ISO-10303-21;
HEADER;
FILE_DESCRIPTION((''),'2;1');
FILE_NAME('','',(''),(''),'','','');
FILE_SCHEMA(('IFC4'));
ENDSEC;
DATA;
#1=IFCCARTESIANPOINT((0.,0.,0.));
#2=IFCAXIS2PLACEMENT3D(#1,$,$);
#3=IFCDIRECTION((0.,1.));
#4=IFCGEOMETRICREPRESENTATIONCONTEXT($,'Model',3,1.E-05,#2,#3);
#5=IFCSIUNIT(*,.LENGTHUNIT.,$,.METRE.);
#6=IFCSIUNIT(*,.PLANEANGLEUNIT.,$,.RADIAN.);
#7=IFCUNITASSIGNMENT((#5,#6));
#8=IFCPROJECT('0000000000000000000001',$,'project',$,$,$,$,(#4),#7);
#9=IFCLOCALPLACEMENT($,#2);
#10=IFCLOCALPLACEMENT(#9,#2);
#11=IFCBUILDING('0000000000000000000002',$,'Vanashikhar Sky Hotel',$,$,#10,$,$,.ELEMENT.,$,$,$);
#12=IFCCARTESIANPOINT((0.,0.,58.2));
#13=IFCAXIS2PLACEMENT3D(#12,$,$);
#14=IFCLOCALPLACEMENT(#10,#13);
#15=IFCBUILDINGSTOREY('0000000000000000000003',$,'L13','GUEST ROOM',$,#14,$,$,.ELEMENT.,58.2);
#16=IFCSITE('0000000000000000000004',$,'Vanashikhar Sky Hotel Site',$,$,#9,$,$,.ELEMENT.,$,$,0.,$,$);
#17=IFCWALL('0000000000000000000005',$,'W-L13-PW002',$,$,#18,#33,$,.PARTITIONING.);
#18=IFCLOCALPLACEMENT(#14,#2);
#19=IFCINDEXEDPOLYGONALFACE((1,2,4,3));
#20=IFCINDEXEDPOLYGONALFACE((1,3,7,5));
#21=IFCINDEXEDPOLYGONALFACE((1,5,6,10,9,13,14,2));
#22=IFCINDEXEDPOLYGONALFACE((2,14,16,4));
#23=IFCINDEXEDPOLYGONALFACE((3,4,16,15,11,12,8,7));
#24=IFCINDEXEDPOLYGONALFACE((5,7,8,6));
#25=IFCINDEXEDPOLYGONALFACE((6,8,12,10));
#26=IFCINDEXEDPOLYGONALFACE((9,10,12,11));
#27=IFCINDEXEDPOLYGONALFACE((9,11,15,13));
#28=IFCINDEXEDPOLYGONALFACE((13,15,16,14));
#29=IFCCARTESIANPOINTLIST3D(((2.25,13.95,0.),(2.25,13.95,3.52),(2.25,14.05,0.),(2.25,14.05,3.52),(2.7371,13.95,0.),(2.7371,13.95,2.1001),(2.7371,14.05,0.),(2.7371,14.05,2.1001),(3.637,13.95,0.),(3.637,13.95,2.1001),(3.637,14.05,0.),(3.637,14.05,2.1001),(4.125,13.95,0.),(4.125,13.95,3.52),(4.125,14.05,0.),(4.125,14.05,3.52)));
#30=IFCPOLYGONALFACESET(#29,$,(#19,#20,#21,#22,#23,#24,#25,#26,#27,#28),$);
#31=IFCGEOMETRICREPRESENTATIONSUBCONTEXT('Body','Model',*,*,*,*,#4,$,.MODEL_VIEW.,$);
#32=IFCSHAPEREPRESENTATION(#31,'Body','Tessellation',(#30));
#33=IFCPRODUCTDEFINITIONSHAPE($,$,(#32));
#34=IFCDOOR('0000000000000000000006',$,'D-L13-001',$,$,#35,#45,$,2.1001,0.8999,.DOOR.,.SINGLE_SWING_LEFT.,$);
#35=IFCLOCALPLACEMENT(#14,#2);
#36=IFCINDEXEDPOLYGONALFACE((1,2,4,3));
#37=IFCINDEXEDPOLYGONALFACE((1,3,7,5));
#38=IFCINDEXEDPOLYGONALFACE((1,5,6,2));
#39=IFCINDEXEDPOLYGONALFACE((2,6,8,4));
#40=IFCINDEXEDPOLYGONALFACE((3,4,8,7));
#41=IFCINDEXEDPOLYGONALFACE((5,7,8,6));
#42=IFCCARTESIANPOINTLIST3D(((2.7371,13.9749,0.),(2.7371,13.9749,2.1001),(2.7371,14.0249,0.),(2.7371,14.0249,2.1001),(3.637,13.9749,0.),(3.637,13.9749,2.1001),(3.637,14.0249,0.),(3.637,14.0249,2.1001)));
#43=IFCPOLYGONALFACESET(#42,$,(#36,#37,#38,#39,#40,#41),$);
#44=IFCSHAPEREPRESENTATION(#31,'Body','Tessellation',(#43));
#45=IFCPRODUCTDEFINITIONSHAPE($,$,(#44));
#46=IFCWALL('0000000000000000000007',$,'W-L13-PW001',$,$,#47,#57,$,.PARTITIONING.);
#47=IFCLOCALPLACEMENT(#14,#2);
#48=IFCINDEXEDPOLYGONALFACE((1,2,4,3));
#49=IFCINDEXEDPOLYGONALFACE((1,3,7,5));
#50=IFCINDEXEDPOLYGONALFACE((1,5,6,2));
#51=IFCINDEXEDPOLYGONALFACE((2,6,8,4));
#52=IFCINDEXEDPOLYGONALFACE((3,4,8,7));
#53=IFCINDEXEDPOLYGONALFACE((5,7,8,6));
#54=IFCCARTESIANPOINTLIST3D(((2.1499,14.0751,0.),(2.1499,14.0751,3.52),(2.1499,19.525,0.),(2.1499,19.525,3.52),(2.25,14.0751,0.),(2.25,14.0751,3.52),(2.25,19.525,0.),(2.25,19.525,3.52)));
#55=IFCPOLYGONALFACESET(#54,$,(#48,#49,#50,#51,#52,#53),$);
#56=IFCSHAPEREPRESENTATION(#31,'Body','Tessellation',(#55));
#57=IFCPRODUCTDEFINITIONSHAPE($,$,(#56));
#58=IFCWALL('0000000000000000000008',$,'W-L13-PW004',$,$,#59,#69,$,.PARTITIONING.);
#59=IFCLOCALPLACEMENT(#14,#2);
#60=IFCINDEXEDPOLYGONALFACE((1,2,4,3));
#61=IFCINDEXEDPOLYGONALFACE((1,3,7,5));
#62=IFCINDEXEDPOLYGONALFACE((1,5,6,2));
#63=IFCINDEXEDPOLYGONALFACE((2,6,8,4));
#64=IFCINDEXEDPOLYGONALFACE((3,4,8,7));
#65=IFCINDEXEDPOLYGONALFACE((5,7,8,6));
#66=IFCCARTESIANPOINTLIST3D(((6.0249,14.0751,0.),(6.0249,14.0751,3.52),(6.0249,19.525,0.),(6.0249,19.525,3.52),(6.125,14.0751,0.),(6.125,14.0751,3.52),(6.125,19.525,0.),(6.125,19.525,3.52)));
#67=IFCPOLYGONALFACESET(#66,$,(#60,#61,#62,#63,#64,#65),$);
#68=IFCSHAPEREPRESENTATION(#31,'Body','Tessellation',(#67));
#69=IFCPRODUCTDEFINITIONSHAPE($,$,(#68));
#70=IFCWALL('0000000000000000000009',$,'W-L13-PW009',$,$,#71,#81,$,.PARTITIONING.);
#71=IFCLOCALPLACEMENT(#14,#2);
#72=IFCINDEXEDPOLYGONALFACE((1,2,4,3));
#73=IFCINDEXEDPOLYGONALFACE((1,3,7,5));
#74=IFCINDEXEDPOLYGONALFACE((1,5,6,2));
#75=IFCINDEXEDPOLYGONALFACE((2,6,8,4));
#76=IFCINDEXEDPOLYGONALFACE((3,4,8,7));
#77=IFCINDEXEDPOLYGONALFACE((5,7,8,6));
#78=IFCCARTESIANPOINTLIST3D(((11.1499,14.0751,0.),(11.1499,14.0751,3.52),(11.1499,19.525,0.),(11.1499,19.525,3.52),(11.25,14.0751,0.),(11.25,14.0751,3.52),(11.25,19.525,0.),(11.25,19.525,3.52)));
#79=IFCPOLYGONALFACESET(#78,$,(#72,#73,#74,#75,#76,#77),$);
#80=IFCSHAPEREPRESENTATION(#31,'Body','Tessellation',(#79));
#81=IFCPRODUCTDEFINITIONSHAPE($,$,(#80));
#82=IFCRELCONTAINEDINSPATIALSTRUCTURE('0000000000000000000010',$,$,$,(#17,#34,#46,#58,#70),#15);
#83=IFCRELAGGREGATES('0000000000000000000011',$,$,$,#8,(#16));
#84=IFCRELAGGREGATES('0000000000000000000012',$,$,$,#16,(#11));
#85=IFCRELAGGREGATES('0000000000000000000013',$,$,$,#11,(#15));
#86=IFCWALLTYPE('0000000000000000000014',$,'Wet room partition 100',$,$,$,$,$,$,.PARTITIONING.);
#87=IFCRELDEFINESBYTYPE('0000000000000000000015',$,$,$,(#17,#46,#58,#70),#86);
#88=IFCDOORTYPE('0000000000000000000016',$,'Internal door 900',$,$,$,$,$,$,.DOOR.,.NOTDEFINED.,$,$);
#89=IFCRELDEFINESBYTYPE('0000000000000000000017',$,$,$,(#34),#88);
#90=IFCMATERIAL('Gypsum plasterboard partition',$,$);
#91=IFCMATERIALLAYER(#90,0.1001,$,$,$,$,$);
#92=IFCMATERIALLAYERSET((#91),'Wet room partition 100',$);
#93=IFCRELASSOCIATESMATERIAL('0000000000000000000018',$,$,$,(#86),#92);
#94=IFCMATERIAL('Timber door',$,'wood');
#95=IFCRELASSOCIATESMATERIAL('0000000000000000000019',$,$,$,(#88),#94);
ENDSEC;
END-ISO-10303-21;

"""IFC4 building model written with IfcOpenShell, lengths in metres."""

from ifc_helpers import new_model, si_unit, direction, frame, frame_2d, origin, place, context, subcontext, project, spatial, rectangle, extrude, source, transform, mapped, material, layer, layer_set, type_object, element, fill, save


model = new_model("IFC4")

# Units and contexts
model_context = context("Model", 3, precision=1e-05, world=origin(), true_north=direction((0.0, 1.0)))
body_context = subcontext(model_context, "Body", "Model", "MODEL_VIEW")
ifc_project = project(units=[si_unit("LENGTHUNIT", "METRE"), si_unit("PLANEANGLEUNIT", "RADIAN")], contexts=[model_context])

# Site, building, storey
site_placement = place(None, origin())
site = spatial("IfcSite", under=ifc_project, at=site_placement, Name="Vanashikhar Sky Hotel Site", CompositionType="ELEMENT", RefElevation=0.0)
building_placement = place(site_placement, origin())
building = spatial("IfcBuilding", under=site, at=building_placement, Name="Vanashikhar Sky Hotel", CompositionType="ELEMENT")
storey_placement = place(building_placement, frame((0.0, 0.0, 58.2)))
storey = spatial("IfcBuildingStorey", under=building, at=storey_placement, Name="L13", Description="GUEST ROOM", CompositionType="ELEMENT", Elevation=58.2)

# Shared definitions
ifc_material_1 = material(Name="Gypsum plasterboard partition")

# Wall, opening, door
ifc_layer_1 = layer(ifc_material_1, 0.1001)
ifc_layer_set_1 = layer_set([ifc_layer_1], Name="Wet room partition 100")
wall_type_1 = type_object("IfcWallType", Name="Wet room partition 100", PredefinedType="PARTITIONING", material=ifc_layer_set_1)
shared_shape_1 = source(origin(), body_context, "Body", "SweptSolid", [
    extrude(rectangle(XDim=0.8999, YDim=2.1001, at=frame_2d((0.45, 1.05))), frame((0.0, 0.0601, 0.0), z_axis=(0.0, -1.0, 0.0), x_axis=(1.0, 0.0, 0.0)), (0.0, 0.0, 1.0), 0.1201),
])
ifc_material_2 = material(Name="Timber door", Category="wood")
door_type = type_object("IfcDoorType", Name="Internal door 900", OperationType="NOTDEFINED", PredefinedType="DOOR", material=ifc_material_2)
shared_shape_2 = source(origin(), body_context, "Body", "SweptSolid", [
    extrude(rectangle(XDim=0.8999, YDim=2.1001, at=frame_2d((0.45, 1.05))), frame((0.0, 0.0249, 0.0), z_axis=(0.0, -1.0, 0.0), x_axis=(1.0, 0.0, 0.0)), (0.0, 0.0, 1.0), 0.05),
])
shared_shape_3 = source(origin(), body_context, "Body", "SweptSolid", [
    extrude(rectangle(XDim=1.875, YDim=0.1001, at=frame_2d((0.9375, 0.0))), origin(), (0.0, 0.0, 1.0), 3.52),
])
wall_1_placement = place(storey_placement, frame((2.25, 14.0, 0.0), z_axis=(0.0, 0.0, 1.0), x_axis=(1.0, 0.0, 0.0)))
wall_1 = element("IfcWall", 1, at=wall_1_placement, inside=storey, type_object=wall_type_1, Name="W-L13-PW002", PredefinedType="PARTITIONING", context=body_context, shape_type="MappedRepresentation", body=[
    mapped(shared_shape_3, transform((0.0, 0.0, 0.0), scale=1.0)),
])
opening_1_placement = place(wall_1_placement, frame((0.4871, 0.0, 0.0)))
opening_1 = element("IfcOpeningElement", 2, at=opening_1_placement, cuts=wall_1, PredefinedType="OPENING", context=body_context, shape_type="MappedRepresentation", body=[
    mapped(shared_shape_1, transform((0.0, 0.0, 0.0), scale=1.0)),
])
door_1_placement = place(opening_1_placement, origin())
door_1 = element("IfcDoor", 3, at=door_1_placement, inside=storey, type_object=door_type, Name="D-L13-001", OperationType="SINGLE_SWING_LEFT", OverallHeight=2.1001, OverallWidth=0.8999, PredefinedType="DOOR", context=body_context, shape_type="MappedRepresentation", body=[
    mapped(shared_shape_2, transform((0.0, 0.0, 0.0), scale=1.0)),
])
fill(opening_1, door_1)

# Walls
shared_shape_4 = source(origin(), body_context, "Body", "SweptSolid", [
    extrude(rectangle(XDim=5.45, YDim=0.1001, at=frame_2d((2.7251, 0.0))), origin(), (0.0, 0.0, 1.0), 3.52),
])
for number, where, z_axis, x_axis, name in (
    (4, (2.2, 14.075, 0.0), (0.0, 0.0, 1.0), (0.0, 1.0, 0.0), "W-L13-PW001"),
    (5, (6.075, 14.075, 0.0), (0.0, 0.0, 1.0), (0.0, 1.0, 0.0), "W-L13-PW004"),
    (6, (11.2, 14.075, 0.0), (0.0, 0.0, 1.0), (0.0, 1.0, 0.0), "W-L13-PW009"),
):
    element("IfcWall", number, at=place(storey_placement, frame(where, z_axis=z_axis, x_axis=x_axis)), inside=storey, type_object=wall_type_1, Name=name, PredefinedType="PARTITIONING", context=body_context, shape_type="MappedRepresentation", body=[
        mapped(shared_shape_4, transform((0.0, 0.0, 0.0), scale=1.0)),
    ])

save(model, "model.ifc")
